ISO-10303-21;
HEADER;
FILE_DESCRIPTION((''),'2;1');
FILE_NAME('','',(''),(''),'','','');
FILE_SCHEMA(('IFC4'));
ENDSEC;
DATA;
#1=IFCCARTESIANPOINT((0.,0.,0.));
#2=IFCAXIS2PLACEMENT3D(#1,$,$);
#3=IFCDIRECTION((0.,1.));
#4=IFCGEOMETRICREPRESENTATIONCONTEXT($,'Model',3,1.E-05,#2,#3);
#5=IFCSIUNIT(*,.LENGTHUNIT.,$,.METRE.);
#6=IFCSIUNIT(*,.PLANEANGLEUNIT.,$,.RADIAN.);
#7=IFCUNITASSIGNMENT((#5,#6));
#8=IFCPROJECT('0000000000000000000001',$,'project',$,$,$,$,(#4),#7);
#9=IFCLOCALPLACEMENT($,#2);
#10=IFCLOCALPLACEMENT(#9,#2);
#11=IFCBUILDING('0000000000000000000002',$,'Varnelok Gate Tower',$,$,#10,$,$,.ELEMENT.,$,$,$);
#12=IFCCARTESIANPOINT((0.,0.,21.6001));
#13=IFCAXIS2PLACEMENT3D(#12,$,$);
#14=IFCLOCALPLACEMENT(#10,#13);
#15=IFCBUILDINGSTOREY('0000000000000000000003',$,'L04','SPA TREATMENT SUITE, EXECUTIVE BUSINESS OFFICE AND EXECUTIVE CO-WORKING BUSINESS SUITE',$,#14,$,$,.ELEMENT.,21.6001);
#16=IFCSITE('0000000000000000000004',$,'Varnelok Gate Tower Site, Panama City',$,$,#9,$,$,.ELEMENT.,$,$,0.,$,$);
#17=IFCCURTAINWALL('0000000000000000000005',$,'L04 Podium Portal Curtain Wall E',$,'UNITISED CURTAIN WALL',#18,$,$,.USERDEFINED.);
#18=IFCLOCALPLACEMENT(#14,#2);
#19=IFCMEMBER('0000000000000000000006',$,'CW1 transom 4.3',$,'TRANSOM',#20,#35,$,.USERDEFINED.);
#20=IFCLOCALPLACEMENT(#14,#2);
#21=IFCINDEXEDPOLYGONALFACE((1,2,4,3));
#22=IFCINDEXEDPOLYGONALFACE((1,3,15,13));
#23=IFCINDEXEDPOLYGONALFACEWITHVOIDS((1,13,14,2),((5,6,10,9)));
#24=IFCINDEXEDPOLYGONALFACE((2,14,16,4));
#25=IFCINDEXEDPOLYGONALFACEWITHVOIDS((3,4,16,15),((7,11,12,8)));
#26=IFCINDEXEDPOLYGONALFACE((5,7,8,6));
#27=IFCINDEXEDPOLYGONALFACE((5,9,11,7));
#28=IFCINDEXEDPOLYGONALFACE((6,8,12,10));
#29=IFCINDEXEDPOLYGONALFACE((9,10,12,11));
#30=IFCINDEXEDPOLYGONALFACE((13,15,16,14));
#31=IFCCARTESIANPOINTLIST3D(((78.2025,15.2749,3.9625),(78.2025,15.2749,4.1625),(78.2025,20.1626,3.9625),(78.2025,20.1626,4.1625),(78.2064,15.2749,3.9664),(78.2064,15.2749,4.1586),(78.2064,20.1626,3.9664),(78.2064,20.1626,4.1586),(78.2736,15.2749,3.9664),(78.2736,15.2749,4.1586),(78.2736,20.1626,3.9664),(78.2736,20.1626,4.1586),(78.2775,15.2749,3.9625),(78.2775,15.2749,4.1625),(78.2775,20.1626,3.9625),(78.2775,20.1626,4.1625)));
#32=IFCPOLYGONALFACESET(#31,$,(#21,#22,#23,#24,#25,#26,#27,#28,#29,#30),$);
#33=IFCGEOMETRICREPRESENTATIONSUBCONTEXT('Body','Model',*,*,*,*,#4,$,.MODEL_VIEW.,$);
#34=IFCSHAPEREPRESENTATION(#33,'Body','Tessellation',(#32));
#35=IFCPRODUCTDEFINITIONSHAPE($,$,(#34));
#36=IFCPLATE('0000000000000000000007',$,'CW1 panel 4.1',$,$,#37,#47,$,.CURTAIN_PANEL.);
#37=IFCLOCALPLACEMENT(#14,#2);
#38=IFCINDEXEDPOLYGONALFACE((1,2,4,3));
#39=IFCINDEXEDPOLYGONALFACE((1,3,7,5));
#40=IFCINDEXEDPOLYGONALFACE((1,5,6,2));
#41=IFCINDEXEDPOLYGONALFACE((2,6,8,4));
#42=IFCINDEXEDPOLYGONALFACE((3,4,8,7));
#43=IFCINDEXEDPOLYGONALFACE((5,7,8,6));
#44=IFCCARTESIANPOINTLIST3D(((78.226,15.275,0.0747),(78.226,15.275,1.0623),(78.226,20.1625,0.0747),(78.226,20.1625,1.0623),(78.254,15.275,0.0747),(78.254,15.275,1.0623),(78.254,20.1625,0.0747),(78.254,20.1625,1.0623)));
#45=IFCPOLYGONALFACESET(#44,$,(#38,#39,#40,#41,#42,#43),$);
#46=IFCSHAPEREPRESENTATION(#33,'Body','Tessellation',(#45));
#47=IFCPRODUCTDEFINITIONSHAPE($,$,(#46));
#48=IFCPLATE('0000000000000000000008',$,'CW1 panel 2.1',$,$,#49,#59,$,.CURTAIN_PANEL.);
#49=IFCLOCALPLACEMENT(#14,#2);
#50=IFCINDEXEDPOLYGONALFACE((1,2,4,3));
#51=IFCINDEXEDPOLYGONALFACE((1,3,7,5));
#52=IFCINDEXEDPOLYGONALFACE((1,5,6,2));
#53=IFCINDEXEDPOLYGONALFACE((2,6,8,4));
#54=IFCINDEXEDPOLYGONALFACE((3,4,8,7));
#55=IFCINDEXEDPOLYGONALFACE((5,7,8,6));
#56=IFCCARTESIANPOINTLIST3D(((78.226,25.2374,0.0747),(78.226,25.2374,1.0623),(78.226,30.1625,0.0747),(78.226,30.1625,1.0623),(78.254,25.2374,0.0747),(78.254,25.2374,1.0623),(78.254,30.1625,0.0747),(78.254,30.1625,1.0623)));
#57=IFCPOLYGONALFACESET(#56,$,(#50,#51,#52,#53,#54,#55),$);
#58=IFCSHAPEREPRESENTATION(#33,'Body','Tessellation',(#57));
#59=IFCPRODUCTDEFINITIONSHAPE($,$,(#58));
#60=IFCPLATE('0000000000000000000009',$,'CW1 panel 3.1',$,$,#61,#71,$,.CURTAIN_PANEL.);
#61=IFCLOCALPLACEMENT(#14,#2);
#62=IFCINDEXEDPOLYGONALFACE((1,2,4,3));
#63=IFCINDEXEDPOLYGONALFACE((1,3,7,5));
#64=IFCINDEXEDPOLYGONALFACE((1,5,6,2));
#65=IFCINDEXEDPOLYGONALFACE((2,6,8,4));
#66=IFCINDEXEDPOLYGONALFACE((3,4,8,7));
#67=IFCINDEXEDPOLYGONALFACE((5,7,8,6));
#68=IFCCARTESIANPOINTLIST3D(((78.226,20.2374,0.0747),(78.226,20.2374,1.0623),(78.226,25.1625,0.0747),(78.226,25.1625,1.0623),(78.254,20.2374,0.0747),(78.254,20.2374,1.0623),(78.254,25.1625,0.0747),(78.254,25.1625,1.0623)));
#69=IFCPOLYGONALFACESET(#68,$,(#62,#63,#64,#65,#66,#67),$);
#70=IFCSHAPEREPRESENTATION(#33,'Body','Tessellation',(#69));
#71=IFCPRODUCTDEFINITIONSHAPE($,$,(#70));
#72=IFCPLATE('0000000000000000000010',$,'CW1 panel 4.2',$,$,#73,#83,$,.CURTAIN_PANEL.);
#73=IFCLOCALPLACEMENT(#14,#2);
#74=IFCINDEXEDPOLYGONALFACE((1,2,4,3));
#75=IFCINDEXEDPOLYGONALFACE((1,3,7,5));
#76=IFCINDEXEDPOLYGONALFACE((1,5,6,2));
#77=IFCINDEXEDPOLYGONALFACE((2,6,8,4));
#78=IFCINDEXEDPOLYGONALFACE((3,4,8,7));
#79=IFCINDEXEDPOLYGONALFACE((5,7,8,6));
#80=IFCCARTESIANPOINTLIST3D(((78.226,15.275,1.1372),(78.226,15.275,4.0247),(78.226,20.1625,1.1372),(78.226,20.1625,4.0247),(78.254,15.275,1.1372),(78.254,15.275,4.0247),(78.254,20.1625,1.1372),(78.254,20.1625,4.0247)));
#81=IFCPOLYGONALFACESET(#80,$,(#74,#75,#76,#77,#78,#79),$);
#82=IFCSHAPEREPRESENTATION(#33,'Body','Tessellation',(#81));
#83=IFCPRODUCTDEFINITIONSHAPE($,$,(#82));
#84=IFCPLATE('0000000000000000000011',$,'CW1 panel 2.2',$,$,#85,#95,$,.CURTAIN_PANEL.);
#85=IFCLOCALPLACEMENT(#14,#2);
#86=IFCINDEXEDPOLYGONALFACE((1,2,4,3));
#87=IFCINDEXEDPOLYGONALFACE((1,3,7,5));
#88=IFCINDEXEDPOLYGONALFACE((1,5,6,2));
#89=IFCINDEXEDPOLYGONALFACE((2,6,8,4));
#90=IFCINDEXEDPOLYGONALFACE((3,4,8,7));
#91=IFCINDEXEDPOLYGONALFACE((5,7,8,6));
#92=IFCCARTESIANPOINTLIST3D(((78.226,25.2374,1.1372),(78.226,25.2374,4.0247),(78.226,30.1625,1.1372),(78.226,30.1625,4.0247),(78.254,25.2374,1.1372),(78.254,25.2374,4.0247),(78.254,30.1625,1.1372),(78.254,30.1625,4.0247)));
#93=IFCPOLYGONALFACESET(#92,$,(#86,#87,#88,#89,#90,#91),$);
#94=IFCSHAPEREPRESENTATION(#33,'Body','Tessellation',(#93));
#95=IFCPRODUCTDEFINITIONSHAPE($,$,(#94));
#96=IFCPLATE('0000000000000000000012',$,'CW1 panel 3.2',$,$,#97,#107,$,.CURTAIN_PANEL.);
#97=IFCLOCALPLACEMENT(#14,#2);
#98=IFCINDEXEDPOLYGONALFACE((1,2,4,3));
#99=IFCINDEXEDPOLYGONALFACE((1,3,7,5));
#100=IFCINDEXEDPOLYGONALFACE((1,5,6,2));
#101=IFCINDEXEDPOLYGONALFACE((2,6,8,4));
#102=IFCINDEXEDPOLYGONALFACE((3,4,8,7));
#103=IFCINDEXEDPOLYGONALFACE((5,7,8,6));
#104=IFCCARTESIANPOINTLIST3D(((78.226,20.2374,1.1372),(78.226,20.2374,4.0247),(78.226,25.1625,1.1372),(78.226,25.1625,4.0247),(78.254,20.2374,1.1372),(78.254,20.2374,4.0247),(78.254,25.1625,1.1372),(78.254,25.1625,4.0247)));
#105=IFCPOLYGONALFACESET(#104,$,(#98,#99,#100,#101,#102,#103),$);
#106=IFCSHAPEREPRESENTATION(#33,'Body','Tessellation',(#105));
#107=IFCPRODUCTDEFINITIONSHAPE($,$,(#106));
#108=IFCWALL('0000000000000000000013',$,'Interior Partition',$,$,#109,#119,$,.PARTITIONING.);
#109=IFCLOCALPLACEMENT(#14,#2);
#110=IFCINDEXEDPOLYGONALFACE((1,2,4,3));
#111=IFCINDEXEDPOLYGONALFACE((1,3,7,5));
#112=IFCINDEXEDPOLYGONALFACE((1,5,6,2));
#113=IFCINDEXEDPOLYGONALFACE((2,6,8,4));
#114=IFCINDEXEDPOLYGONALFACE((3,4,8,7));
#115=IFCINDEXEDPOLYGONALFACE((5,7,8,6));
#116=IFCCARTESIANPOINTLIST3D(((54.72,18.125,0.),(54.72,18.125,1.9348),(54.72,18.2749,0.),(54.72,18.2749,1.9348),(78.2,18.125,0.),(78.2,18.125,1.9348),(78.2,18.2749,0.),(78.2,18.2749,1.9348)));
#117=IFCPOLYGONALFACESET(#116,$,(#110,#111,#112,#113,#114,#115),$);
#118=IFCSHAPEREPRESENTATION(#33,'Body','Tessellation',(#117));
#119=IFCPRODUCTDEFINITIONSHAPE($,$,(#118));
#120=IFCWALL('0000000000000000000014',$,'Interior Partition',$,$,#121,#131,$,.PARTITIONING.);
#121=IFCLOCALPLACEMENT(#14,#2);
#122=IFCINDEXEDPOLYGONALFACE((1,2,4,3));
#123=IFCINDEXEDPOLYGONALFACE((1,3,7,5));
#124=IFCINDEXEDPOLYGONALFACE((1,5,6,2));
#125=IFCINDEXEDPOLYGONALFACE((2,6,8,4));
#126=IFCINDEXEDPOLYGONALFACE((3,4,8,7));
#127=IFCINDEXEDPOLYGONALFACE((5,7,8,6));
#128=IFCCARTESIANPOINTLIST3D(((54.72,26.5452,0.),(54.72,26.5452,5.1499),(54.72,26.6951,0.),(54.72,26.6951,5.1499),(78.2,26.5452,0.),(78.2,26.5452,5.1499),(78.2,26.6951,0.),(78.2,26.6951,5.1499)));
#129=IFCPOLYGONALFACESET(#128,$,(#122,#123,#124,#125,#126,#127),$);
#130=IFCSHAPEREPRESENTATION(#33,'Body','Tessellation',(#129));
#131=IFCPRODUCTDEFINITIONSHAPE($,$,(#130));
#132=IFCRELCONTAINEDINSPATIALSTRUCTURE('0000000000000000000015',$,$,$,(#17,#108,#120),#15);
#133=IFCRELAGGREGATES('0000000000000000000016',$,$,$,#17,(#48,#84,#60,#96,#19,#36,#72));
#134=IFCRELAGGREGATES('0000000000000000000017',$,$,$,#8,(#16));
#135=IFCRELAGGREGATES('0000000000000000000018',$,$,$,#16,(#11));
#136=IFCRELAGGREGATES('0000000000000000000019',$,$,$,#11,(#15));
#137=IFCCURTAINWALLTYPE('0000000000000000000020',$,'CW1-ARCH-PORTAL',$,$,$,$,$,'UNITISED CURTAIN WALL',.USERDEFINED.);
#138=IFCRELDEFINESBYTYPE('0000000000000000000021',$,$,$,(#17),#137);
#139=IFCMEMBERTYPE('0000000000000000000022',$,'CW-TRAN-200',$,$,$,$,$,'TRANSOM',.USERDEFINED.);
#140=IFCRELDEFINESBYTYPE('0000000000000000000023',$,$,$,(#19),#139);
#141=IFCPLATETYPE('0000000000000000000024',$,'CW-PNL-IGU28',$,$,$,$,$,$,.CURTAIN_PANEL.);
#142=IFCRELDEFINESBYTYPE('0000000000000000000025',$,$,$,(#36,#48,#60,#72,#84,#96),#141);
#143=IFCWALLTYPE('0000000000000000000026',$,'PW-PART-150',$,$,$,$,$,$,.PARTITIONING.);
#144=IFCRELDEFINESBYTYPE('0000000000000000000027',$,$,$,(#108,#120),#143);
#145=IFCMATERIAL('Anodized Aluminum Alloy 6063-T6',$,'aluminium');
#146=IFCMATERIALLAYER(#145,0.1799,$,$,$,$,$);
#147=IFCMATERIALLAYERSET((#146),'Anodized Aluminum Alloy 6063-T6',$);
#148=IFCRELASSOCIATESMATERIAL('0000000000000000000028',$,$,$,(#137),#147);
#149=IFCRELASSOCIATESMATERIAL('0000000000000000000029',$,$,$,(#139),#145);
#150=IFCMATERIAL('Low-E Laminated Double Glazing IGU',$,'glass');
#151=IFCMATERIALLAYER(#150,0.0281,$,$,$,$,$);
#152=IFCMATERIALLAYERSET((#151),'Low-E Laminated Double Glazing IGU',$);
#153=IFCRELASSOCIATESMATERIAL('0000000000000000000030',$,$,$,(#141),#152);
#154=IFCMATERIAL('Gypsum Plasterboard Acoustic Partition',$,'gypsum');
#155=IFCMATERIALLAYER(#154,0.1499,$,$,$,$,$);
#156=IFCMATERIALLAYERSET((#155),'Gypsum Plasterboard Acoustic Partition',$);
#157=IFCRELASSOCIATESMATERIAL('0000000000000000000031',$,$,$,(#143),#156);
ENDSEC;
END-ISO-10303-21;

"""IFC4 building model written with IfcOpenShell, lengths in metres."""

from ifc_helpers import new_model, si_unit, direction, frame, frame_2d, origin, origin_2d, place, context, subcontext, project, spatial, rectangle, hollow_rectangle, extrude, source, transform, mapped, material, layer, layer_set, material_profile, profile_set, type_object, element, aggregate, save


model = new_model("IFC4")

# Units and contexts
model_context = context("Model", 3, precision=1e-05, world=origin(), true_north=direction((0.0, 1.0)))
body_context = subcontext(model_context, "Body", "Model", "MODEL_VIEW")
ifc_project = project(units=[si_unit("LENGTHUNIT", "METRE"), si_unit("PLANEANGLEUNIT", "RADIAN")], contexts=[model_context])

# Site, building, storey
site_placement = place(None, origin())
site = spatial("IfcSite", under=ifc_project, at=site_placement, Name="Varnelok Gate Tower Site, Panama City", CompositionType="ELEMENT", RefElevation=0.0)
building_placement = place(site_placement, origin())
building = spatial("IfcBuilding", under=site, at=building_placement, Name="Varnelok Gate Tower", CompositionType="ELEMENT")
storey_placement = place(building_placement, frame((0.0, 0.0, 21.6001)))
storey = spatial("IfcBuildingStorey", under=building, at=storey_placement, Name="L04", Description="SPA TREATMENT SUITE, EXECUTIVE BUSINESS OFFICE AND EXECUTIVE CO-WORKING BUSINESS SUITE", CompositionType="ELEMENT", Elevation=21.6001)

# Curtain wall, member, plates
ifc_material_1 = material(Name="Anodized Aluminum Alloy 6063-T6", Category="aluminium")
ifc_layer_1 = layer(ifc_material_1, 0.1799)
ifc_layer_set_1 = layer_set([ifc_layer_1], Name="Anodized Aluminum Alloy 6063-T6")
curtain_wall_type = type_object("IfcCurtainWallType", Name="CW1-ARCH-PORTAL", ElementType="UNITISED CURTAIN WALL", PredefinedType="USERDEFINED", material=ifc_layer_set_1)
curtain_wall_placement = place(storey_placement, origin())
curtain_wall = element("IfcCurtainWall", 1, at=curtain_wall_placement, inside=storey, type_object=curtain_wall_type, Name="L04 Podium Portal Curtain Wall E", ObjectType="UNITISED CURTAIN WALL", PredefinedType="USERDEFINED")
ifc_material_profile_1 = material_profile(ifc_material_1, hollow_rectangle(XDim=0.075, YDim=0.2, WallThickness=0.0039, at=origin_2d()), Name="ALU200X75X4")
ifc_profile_set_1 = profile_set([ifc_material_profile_1], Name="Anodized Aluminum Alloy 6063-T6")
member_type_1 = type_object("IfcMemberType", Name="CW-TRAN-200", ElementType="TRANSOM", PredefinedType="USERDEFINED", material=ifc_profile_set_1)
member_1_placement = place(storey_placement, frame((78.24, 20.1626, 4.0625), z_axis=(0.0, -1.0, 0.0), x_axis=(1.0, 0.0, 0.0)))
member_1 = element("IfcMember", 2, at=member_1_placement, type_object=member_type_1, Name="CW1 transom 4.3", ObjectType="TRANSOM", PredefinedType="USERDEFINED", context=body_context, shape_type="SweptSolid", body=[
    extrude(hollow_rectangle(XDim=0.075, YDim=0.2, WallThickness=0.0039, at=origin_2d()), origin(), (0.0, 0.0, 1.0), 4.8877),
])
ifc_material_2 = material(Name="Low-E Laminated Double Glazing IGU", Category="glass")
ifc_layer_2 = layer(ifc_material_2, 0.0281)
ifc_layer_set_2 = layer_set([ifc_layer_2], Name="Low-E Laminated Double Glazing IGU")
plate_type = type_object("IfcPlateType", Name="CW-PNL-IGU28", PredefinedType="CURTAIN_PANEL", material=ifc_layer_set_2)
shared_shape_1 = source(origin(), body_context, "Body", "SweptSolid", [
    extrude(rectangle(XDim=4.8875, YDim=0.0281, at=origin_2d()), origin(), (0.0, 0.0, 1.0), 0.9875),
])
plate_1_placement = place(storey_placement, frame((78.24, 17.7188, 0.0747), z_axis=(0.0, 0.0, 1.0), x_axis=(0.0, -1.0, 0.0)))
plate_1 = element("IfcPlate", 3, at=plate_1_placement, type_object=plate_type, Name="CW1 panel 4.1", PredefinedType="CURTAIN_PANEL", context=body_context, shape_type="MappedRepresentation", body=[
    mapped(shared_shape_1, transform((0.0, 0.0, 0.0), scale=1.0)),
])
shared_shape_2 = source(origin(), body_context, "Body", "SweptSolid", [
    extrude(rectangle(XDim=4.925, YDim=0.0281, at=origin_2d()), origin(), (0.0, 0.0, 1.0), 0.9875),
])
plate_2_placement = place(storey_placement, frame((78.24, 27.7, 0.0747), z_axis=(0.0, 0.0, 1.0), x_axis=(0.0, -1.0, 0.0)))
plate_2 = element("IfcPlate", 4, at=plate_2_placement, type_object=plate_type, Name="CW1 panel 2.1", PredefinedType="CURTAIN_PANEL", context=body_context, shape_type="MappedRepresentation", body=[
    mapped(shared_shape_2, transform((0.0, 0.0, 0.0), scale=1.0)),
])
plate_3_placement = place(storey_placement, frame((78.24, 22.7, 0.0747), z_axis=(0.0, 0.0, 1.0), x_axis=(0.0, -1.0, 0.0)))
plate_3 = element("IfcPlate", 5, at=plate_3_placement, type_object=plate_type, Name="CW1 panel 3.1", PredefinedType="CURTAIN_PANEL", context=body_context, shape_type="MappedRepresentation", body=[
    mapped(shared_shape_2, transform((0.0, 0.0, 0.0), scale=1.0)),
])
shared_shape_3 = source(origin(), body_context, "Body", "SweptSolid", [
    extrude(rectangle(XDim=4.8875, YDim=0.0281, at=origin_2d()), origin(), (0.0, 0.0, 1.0), 2.8875),
])
plate_4_placement = place(storey_placement, frame((78.24, 17.7188, 1.1372), z_axis=(0.0, 0.0, 1.0), x_axis=(0.0, -1.0, 0.0)))
plate_4 = element("IfcPlate", 6, at=plate_4_placement, type_object=plate_type, Name="CW1 panel 4.2", PredefinedType="CURTAIN_PANEL", context=body_context, shape_type="MappedRepresentation", body=[
    mapped(shared_shape_3, transform((0.0, 0.0, 0.0), scale=1.0)),
])
shared_shape_4 = source(origin(), body_context, "Body", "SweptSolid", [
    extrude(rectangle(XDim=4.925, YDim=0.0281, at=origin_2d()), origin(), (0.0, 0.0, 1.0), 2.8875),
])
plate_5_placement = place(storey_placement, frame((78.24, 27.7, 1.1372), z_axis=(0.0, 0.0, 1.0), x_axis=(0.0, -1.0, 0.0)))
plate_5 = element("IfcPlate", 7, at=plate_5_placement, type_object=plate_type, Name="CW1 panel 2.2", PredefinedType="CURTAIN_PANEL", context=body_context, shape_type="MappedRepresentation", body=[
    mapped(shared_shape_4, transform((0.0, 0.0, 0.0), scale=1.0)),
])
plate_6_placement = place(storey_placement, frame((78.24, 22.7, 1.1372), z_axis=(0.0, 0.0, 1.0), x_axis=(0.0, -1.0, 0.0)))
plate_6 = element("IfcPlate", 8, at=plate_6_placement, type_object=plate_type, Name="CW1 panel 3.2", PredefinedType="CURTAIN_PANEL", context=body_context, shape_type="MappedRepresentation", body=[
    mapped(shared_shape_4, transform((0.0, 0.0, 0.0), scale=1.0)),
])
aggregate(curtain_wall, [plate_2, plate_5, plate_3, plate_6, member_1, plate_1, plate_4])

# Walls
ifc_material_3 = material(Name="Gypsum Plasterboard Acoustic Partition", Category="gypsum")
ifc_layer_3 = layer(ifc_material_3, 0.1499)
ifc_layer_set_3 = layer_set([ifc_layer_3], Name="Gypsum Plasterboard Acoustic Partition")
wall_type = type_object("IfcWallType", Name="PW-PART-150", PredefinedType="PARTITIONING", material=ifc_layer_set_3)
wall_1_placement = place(storey_placement, frame((54.72, 18.2, 0.0), z_axis=(0.0, 0.0, 1.0), x_axis=(1.0, 0.0, 0.0)))
element("IfcWall", 9, at=wall_1_placement, inside=storey, type_object=wall_type, Name="Interior Partition", PredefinedType="PARTITIONING", context=body_context, shape_type="SweptSolid", body=[
    extrude(rectangle(XDim=23.48, YDim=0.1499, at=frame_2d((11.74, 0.0))), origin(), (0.0, 0.0, 1.0), 1.9348),
])
wall_2_placement = place(storey_placement, frame((54.72, 26.6201, 0.0), z_axis=(0.0, 0.0, 1.0), x_axis=(1.0, 0.0, 0.0)))
element("IfcWall", 10, at=wall_2_placement, inside=storey, type_object=wall_type, Name="Interior Partition", PredefinedType="PARTITIONING", context=body_context, shape_type="SweptSolid", body=[
    extrude(rectangle(XDim=23.48, YDim=0.1499, at=frame_2d((11.74, 0.0))), origin(), (0.0, 0.0, 1.0), 5.1499),
])

save(model, "model.ifc")
